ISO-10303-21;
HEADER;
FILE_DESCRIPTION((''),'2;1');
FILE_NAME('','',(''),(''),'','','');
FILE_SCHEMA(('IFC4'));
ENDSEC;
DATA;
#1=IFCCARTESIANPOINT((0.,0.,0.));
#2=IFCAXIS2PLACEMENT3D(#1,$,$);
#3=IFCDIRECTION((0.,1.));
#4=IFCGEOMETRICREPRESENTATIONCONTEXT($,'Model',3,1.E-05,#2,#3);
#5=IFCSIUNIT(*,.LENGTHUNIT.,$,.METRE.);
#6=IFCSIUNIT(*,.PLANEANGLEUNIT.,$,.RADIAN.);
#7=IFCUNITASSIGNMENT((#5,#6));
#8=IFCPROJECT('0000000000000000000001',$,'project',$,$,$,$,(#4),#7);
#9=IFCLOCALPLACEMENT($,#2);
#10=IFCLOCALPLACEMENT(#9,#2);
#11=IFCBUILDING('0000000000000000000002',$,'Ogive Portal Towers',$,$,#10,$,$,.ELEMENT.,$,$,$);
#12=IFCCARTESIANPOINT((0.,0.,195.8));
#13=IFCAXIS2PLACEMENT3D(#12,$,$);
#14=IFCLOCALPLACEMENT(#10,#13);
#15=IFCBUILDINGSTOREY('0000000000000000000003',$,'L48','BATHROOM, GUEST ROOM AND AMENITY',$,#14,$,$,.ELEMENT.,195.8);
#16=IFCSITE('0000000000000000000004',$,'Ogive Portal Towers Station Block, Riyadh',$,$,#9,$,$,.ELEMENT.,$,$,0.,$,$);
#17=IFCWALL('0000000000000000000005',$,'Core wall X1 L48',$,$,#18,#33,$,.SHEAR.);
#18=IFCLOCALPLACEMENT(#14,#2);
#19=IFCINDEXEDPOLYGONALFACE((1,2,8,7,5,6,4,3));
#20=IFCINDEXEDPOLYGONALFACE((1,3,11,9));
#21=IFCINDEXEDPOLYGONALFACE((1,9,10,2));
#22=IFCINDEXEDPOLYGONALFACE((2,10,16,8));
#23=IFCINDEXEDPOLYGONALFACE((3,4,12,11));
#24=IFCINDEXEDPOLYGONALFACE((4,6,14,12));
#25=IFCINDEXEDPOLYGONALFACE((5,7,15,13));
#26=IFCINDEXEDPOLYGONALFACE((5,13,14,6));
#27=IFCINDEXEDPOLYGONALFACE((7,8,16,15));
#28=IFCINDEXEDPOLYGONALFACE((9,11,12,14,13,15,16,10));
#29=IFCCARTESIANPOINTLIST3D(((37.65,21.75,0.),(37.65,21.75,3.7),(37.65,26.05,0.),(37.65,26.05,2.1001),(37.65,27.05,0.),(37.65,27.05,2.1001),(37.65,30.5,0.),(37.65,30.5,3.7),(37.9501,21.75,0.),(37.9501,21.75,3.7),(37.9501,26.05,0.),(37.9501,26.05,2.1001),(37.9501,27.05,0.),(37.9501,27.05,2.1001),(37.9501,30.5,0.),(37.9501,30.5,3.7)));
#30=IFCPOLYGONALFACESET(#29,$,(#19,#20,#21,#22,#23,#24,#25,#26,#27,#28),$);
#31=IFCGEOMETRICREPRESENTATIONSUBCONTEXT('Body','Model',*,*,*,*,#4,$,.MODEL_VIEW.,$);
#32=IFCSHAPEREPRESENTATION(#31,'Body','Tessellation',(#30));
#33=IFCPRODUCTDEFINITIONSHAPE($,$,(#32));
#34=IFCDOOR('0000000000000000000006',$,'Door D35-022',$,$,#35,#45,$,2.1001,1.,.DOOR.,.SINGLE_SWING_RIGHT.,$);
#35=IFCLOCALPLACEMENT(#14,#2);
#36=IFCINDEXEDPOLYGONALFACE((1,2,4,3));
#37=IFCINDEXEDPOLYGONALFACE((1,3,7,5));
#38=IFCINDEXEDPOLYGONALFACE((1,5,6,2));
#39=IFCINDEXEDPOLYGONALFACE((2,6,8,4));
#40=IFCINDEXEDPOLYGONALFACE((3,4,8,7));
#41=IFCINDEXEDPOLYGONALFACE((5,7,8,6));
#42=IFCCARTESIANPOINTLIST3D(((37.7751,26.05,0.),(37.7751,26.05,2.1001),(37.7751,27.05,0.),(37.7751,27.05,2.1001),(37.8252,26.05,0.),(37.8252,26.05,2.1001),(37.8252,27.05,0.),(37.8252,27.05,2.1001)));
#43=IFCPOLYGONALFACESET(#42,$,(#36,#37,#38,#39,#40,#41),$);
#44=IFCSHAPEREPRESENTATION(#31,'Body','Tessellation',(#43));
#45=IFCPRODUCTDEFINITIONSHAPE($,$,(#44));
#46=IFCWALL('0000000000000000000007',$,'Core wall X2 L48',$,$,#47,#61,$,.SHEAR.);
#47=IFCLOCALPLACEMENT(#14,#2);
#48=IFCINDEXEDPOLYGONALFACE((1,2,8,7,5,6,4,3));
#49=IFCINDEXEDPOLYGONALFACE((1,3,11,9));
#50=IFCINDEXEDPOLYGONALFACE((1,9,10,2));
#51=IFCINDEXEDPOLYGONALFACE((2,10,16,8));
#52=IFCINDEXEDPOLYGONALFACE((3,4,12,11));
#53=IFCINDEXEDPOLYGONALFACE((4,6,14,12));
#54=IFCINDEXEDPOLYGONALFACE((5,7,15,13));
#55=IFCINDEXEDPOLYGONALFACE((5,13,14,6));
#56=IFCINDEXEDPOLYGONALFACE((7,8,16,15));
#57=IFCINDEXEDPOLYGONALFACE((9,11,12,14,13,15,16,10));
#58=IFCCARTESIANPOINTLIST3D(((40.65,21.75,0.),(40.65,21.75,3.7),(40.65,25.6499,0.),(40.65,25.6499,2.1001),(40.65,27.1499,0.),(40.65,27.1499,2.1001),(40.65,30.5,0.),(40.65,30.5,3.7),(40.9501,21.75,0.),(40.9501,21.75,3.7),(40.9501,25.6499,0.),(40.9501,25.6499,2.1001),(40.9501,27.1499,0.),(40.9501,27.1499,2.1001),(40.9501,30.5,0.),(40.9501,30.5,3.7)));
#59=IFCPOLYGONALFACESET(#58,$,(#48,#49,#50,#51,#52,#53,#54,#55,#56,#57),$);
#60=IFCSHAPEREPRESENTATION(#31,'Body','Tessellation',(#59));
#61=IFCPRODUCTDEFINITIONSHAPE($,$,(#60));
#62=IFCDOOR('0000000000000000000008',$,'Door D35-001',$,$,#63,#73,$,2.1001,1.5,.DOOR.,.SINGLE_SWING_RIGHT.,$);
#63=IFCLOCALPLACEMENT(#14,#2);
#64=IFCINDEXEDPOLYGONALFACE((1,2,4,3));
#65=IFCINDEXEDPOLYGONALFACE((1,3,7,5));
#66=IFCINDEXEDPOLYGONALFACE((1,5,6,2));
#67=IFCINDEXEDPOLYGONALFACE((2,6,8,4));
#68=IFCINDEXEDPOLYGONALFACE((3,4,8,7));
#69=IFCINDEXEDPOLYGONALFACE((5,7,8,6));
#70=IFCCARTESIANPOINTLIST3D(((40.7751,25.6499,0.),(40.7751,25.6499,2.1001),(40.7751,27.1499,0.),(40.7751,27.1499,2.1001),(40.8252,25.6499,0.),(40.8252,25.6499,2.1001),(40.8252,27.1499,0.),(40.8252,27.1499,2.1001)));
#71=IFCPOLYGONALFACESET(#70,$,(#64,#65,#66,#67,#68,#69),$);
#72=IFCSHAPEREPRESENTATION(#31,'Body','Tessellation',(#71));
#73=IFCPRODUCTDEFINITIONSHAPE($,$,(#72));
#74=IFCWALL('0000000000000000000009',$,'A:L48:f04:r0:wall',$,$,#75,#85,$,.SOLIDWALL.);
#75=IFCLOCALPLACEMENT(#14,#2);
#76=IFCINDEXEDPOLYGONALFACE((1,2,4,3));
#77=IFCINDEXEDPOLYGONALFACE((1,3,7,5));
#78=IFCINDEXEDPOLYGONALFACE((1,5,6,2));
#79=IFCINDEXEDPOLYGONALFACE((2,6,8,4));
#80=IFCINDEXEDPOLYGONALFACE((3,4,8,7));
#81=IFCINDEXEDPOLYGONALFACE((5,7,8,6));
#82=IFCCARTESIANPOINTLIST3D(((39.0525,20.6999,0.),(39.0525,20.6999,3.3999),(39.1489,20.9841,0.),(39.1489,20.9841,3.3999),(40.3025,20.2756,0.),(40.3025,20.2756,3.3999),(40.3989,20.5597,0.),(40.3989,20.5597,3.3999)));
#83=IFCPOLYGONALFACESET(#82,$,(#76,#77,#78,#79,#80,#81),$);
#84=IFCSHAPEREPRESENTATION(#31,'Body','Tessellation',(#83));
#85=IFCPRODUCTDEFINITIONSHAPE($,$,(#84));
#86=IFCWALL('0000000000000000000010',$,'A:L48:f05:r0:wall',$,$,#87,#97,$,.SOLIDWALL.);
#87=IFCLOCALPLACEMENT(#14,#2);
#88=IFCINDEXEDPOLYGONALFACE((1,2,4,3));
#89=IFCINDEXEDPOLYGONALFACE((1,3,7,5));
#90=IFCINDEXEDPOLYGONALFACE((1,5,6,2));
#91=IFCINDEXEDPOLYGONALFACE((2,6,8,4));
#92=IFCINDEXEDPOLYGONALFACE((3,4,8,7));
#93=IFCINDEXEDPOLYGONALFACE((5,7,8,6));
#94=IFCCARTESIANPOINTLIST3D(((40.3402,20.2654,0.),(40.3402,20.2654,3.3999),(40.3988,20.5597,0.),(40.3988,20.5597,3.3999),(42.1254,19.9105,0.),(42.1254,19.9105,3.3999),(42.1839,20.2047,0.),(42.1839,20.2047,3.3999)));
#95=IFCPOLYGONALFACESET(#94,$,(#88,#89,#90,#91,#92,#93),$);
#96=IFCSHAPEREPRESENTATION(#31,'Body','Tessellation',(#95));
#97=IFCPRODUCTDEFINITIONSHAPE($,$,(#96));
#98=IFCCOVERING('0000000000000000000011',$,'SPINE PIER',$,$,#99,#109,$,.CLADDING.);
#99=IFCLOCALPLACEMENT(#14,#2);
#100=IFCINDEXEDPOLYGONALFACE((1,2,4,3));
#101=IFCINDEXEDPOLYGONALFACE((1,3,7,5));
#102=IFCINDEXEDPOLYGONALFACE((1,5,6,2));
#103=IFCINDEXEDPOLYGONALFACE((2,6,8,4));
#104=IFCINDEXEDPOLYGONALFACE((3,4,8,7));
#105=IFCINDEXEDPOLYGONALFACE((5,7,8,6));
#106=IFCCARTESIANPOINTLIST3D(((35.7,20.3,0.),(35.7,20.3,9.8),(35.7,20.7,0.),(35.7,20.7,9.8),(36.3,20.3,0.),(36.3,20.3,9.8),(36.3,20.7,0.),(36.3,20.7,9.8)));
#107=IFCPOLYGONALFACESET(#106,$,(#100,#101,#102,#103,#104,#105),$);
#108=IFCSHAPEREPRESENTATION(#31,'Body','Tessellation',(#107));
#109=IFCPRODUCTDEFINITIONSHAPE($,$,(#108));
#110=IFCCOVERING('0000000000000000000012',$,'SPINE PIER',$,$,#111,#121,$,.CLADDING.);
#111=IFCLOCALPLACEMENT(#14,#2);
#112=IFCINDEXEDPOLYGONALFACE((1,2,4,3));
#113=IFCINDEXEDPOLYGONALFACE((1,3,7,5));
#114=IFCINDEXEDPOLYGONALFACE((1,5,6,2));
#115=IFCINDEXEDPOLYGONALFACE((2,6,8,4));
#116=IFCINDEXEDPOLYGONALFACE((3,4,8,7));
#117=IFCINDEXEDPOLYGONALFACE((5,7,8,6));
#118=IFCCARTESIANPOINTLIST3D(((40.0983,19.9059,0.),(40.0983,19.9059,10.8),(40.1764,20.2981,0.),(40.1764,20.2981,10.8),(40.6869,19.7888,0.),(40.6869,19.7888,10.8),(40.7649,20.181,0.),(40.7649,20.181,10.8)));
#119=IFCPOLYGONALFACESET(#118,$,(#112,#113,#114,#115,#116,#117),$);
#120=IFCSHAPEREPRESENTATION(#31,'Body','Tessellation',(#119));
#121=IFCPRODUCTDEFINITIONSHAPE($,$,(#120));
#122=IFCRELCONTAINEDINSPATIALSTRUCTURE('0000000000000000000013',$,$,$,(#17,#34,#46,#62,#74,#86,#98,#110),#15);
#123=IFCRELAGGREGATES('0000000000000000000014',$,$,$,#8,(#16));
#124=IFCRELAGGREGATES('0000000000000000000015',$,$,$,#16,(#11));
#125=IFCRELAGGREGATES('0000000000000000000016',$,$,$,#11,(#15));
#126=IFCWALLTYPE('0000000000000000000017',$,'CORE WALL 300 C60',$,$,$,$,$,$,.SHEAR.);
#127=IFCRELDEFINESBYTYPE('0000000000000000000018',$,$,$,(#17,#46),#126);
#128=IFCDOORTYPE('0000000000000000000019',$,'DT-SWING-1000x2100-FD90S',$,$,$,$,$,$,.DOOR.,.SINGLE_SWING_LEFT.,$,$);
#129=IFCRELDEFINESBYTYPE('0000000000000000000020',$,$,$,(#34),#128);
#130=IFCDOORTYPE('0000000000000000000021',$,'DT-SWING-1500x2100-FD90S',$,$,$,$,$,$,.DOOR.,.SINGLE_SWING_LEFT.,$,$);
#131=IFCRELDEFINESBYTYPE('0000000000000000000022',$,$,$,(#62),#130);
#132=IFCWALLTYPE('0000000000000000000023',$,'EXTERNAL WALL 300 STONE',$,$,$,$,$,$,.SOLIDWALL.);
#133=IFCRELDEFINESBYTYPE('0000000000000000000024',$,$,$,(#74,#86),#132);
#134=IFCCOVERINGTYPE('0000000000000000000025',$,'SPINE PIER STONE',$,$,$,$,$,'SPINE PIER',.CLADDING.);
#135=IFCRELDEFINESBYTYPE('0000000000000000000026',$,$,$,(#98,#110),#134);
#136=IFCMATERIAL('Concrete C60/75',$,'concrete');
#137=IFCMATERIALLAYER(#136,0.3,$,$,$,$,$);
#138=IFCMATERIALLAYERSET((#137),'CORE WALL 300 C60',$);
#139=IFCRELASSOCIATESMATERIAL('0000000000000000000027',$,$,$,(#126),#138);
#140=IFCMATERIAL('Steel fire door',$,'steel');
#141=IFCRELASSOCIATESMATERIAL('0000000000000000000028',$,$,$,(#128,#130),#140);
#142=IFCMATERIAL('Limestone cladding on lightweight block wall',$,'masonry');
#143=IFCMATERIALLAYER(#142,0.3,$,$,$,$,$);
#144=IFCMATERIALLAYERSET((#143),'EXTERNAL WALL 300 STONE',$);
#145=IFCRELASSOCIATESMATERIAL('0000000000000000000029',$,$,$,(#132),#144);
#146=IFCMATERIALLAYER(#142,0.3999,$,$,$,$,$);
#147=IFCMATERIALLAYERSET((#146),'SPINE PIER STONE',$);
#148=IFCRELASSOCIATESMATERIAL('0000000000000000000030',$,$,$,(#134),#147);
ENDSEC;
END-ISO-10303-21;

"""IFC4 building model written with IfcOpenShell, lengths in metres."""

from ifc_helpers import new_model, si_unit, direction, frame, frame_2d, origin, origin_2d, place, context, subcontext, project, spatial, rectangle, extrude, material, layer, layer_set, type_object, element, fill, save


model = new_model("IFC4")

# Units and contexts
model_context = context("Model", 3, precision=1e-05, world=origin(), true_north=direction((0.0, 1.0)))
body_context = subcontext(model_context, "Body", "Model", "MODEL_VIEW")
ifc_project = project(units=[si_unit("LENGTHUNIT", "METRE"), si_unit("PLANEANGLEUNIT", "RADIAN")], contexts=[model_context])

# Site, building, storey
site_placement = place(None, origin())
site = spatial("IfcSite", under=ifc_project, at=site_placement, Name="Ogive Portal Towers Station Block, Riyadh", CompositionType="ELEMENT", RefElevation=0.0)
building_placement = place(site_placement, origin())
building = spatial("IfcBuilding", under=site, at=building_placement, Name="Ogive Portal Towers", CompositionType="ELEMENT")
storey_placement = place(building_placement, frame((0.0, 0.0, 195.8)))
storey = spatial("IfcBuildingStorey", under=building, at=storey_placement, Name="L48", Description="BATHROOM, GUEST ROOM AND AMENITY", CompositionType="ELEMENT", Elevation=195.8)

# Walls, openings, doors
ifc_material_1 = material(Name="Concrete C60/75", Category="concrete")
ifc_layer_1 = layer(ifc_material_1, 0.3)
ifc_layer_set_1 = layer_set([ifc_layer_1], Name="CORE WALL 300 C60")
wall_type_1 = type_object("IfcWallType", Name="CORE WALL 300 C60", PredefinedType="SHEAR", material=ifc_layer_set_1)
wall_1_placement = place(storey_placement, frame((37.8, 21.75, 0.0), z_axis=(0.0, 0.0, 1.0), x_axis=(0.0, 1.0, 0.0)))
wall_1 = element("IfcWall", 1, at=wall_1_placement, inside=storey, type_object=wall_type_1, Name="Core wall X1 L48", PredefinedType="SHEAR", context=body_context, shape_type="SweptSolid", body=[
    extrude(rectangle(XDim=8.75, YDim=0.3, at=frame_2d((4.375, 0.0))), origin(), (0.0, 0.0, 1.0), 3.7),
])
opening_1_placement = place(wall_1_placement, frame((4.3, 0.0, 0.0)))
opening_1 = element("IfcOpeningElement", 2, at=opening_1_placement, cuts=wall_1, PredefinedType="OPENING", context=body_context, shape_type="SweptSolid", body=[
    extrude(rectangle(XDim=1.0, YDim=2.1001, at=frame_2d((0.5, 1.05))), frame((0.0, 0.1602, 0.0), z_axis=(0.0, -1.0, 0.0), x_axis=(1.0, 0.0, 0.0)), (0.0, 0.0, 1.0), 0.3201),
])
ifc_material_2 = material(Name="Steel fire door", Category="steel")
door_type_1 = type_object("IfcDoorType", Name="DT-SWING-1000x2100-FD90S", OperationType="SINGLE_SWING_LEFT", PredefinedType="DOOR", material=ifc_material_2)
door_1_placement = place(opening_1_placement, origin())
door_1 = element("IfcDoor", 3, at=door_1_placement, inside=storey, type_object=door_type_1, Name="Door D35-022", OperationType="SINGLE_SWING_RIGHT", OverallHeight=2.1001, OverallWidth=1.0, PredefinedType="DOOR", context=body_context, shape_type="SweptSolid", body=[
    extrude(rectangle(XDim=1.0, YDim=2.1001, at=frame_2d((0.5, 1.05))), frame((0.0, 0.0249, 0.0), z_axis=(0.0, -1.0, 0.0), x_axis=(1.0, 0.0, 0.0)), (0.0, 0.0, 1.0), 0.05),
])
fill(opening_1, door_1)
wall_2_placement = place(storey_placement, frame((40.8, 21.75, 0.0), z_axis=(0.0, 0.0, 1.0), x_axis=(0.0, 1.0, 0.0)))
wall_2 = element("IfcWall", 4, at=wall_2_placement, inside=storey, type_object=wall_type_1, Name="Core wall X2 L48", PredefinedType="SHEAR", context=body_context, shape_type="SweptSolid", body=[
    extrude(rectangle(XDim=8.75, YDim=0.3, at=frame_2d((4.375, 0.0))), origin(), (0.0, 0.0, 1.0), 3.7),
])
opening_2_placement = place(wall_2_placement, frame((3.8999, 0.0, 0.0)))
opening_2 = element("IfcOpeningElement", 5, at=opening_2_placement, cuts=wall_2, PredefinedType="OPENING", context=body_context, shape_type="SweptSolid", body=[
    extrude(rectangle(XDim=1.5, YDim=2.1001, at=frame_2d((0.75, 1.05))), frame((0.0, 0.1602, 0.0), z_axis=(0.0, -1.0, 0.0), x_axis=(1.0, 0.0, 0.0)), (0.0, 0.0, 1.0), 0.3201),
])
door_type_2 = type_object("IfcDoorType", Name="DT-SWING-1500x2100-FD90S", OperationType="SINGLE_SWING_LEFT", PredefinedType="DOOR", material=ifc_material_2)
door_2_placement = place(opening_2_placement, origin())
door_2 = element("IfcDoor", 6, at=door_2_placement, inside=storey, type_object=door_type_2, Name="Door D35-001", OperationType="SINGLE_SWING_RIGHT", OverallHeight=2.1001, OverallWidth=1.5, PredefinedType="DOOR", context=body_context, shape_type="SweptSolid", body=[
    extrude(rectangle(XDim=1.5, YDim=2.1001, at=frame_2d((0.75, 1.05))), frame((0.0, 0.0249, 0.0), z_axis=(0.0, -1.0, 0.0), x_axis=(1.0, 0.0, 0.0)), (0.0, 0.0, 1.0), 0.05),
])
fill(opening_2, door_2)

# Walls
ifc_material_3 = material(Name="Limestone cladding on lightweight block wall", Category="masonry")
ifc_layer_2 = layer(ifc_material_3, 0.3)
ifc_layer_set_2 = layer_set([ifc_layer_2], Name="EXTERNAL WALL 300 STONE")
wall_type_2 = type_object("IfcWallType", Name="EXTERNAL WALL 300 STONE", PredefinedType="SOLIDWALL", material=ifc_layer_set_2)
wall_3_placement = place(storey_placement, frame((39.1006, 20.842, 0.0), z_axis=(0.0, 0.0, 1.0), x_axis=(0.94693, -0.321439, 0.0)))
element("IfcWall", 7, at=wall_3_placement, inside=storey, type_object=wall_type_2, Name="A:L48:f04:r0:wall", PredefinedType="SOLIDWALL", context=body_context, shape_type="SweptSolid", body=[
    extrude(rectangle(XDim=1.3201, YDim=0.3, at=frame_2d((0.6602, 0.0))), origin(), (0.0, 0.0, 1.0), 3.3999),
])
wall_4_placement = place(storey_placement, frame((40.3694, 20.4126, 0.0), z_axis=(0.0, 0.0, 1.0), x_axis=(0.980797, -0.195033, 0.0)))
element("IfcWall", 8, at=wall_4_placement, inside=storey, type_object=wall_type_2, Name="A:L48:f05:r0:wall", PredefinedType="SOLIDWALL", context=body_context, shape_type="SweptSolid", body=[
    extrude(rectangle(XDim=1.8201, YDim=0.3, at=frame_2d((0.9102, 0.0))), origin(), (0.0, 0.0, 1.0), 3.3999),
])

# Coverings
ifc_layer_3 = layer(ifc_material_3, 0.3999)
ifc_layer_set_3 = layer_set([ifc_layer_3], Name="SPINE PIER STONE")
covering_type = type_object("IfcCoveringType", Name="SPINE PIER STONE", ElementType="SPINE PIER", PredefinedType="CLADDING", material=ifc_layer_set_3)
covering_1_placement = place(storey_placement, frame((36.0, 20.5, 0.0), z_axis=(0.0, 0.0, 1.0), x_axis=(1.0, 0.0, 0.0)))
element("IfcCovering", 9, at=covering_1_placement, inside=storey, type_object=covering_type, Name="SPINE PIER", PredefinedType="CLADDING", context=body_context, shape_type="SweptSolid", body=[
    extrude(rectangle(XDim=0.6001, YDim=0.3999, at=origin_2d()), origin(), (0.0, 0.0, 1.0), 9.8),
])
covering_2_placement = place(storey_placement, frame((40.4316, 20.0435, 0.0), z_axis=(0.0, 0.0, 1.0), x_axis=(0.980785, -0.19509, 0.0)))
element("IfcCovering", 10, at=covering_2_placement, inside=storey, type_object=covering_type, Name="SPINE PIER", PredefinedType="CLADDING", context=body_context, shape_type="SweptSolid", body=[
    extrude(rectangle(XDim=0.6001, YDim=0.3999, at=origin_2d()), origin(), (0.0, 0.0, 1.0), 10.8),
])

save(model, "model.ifc")
